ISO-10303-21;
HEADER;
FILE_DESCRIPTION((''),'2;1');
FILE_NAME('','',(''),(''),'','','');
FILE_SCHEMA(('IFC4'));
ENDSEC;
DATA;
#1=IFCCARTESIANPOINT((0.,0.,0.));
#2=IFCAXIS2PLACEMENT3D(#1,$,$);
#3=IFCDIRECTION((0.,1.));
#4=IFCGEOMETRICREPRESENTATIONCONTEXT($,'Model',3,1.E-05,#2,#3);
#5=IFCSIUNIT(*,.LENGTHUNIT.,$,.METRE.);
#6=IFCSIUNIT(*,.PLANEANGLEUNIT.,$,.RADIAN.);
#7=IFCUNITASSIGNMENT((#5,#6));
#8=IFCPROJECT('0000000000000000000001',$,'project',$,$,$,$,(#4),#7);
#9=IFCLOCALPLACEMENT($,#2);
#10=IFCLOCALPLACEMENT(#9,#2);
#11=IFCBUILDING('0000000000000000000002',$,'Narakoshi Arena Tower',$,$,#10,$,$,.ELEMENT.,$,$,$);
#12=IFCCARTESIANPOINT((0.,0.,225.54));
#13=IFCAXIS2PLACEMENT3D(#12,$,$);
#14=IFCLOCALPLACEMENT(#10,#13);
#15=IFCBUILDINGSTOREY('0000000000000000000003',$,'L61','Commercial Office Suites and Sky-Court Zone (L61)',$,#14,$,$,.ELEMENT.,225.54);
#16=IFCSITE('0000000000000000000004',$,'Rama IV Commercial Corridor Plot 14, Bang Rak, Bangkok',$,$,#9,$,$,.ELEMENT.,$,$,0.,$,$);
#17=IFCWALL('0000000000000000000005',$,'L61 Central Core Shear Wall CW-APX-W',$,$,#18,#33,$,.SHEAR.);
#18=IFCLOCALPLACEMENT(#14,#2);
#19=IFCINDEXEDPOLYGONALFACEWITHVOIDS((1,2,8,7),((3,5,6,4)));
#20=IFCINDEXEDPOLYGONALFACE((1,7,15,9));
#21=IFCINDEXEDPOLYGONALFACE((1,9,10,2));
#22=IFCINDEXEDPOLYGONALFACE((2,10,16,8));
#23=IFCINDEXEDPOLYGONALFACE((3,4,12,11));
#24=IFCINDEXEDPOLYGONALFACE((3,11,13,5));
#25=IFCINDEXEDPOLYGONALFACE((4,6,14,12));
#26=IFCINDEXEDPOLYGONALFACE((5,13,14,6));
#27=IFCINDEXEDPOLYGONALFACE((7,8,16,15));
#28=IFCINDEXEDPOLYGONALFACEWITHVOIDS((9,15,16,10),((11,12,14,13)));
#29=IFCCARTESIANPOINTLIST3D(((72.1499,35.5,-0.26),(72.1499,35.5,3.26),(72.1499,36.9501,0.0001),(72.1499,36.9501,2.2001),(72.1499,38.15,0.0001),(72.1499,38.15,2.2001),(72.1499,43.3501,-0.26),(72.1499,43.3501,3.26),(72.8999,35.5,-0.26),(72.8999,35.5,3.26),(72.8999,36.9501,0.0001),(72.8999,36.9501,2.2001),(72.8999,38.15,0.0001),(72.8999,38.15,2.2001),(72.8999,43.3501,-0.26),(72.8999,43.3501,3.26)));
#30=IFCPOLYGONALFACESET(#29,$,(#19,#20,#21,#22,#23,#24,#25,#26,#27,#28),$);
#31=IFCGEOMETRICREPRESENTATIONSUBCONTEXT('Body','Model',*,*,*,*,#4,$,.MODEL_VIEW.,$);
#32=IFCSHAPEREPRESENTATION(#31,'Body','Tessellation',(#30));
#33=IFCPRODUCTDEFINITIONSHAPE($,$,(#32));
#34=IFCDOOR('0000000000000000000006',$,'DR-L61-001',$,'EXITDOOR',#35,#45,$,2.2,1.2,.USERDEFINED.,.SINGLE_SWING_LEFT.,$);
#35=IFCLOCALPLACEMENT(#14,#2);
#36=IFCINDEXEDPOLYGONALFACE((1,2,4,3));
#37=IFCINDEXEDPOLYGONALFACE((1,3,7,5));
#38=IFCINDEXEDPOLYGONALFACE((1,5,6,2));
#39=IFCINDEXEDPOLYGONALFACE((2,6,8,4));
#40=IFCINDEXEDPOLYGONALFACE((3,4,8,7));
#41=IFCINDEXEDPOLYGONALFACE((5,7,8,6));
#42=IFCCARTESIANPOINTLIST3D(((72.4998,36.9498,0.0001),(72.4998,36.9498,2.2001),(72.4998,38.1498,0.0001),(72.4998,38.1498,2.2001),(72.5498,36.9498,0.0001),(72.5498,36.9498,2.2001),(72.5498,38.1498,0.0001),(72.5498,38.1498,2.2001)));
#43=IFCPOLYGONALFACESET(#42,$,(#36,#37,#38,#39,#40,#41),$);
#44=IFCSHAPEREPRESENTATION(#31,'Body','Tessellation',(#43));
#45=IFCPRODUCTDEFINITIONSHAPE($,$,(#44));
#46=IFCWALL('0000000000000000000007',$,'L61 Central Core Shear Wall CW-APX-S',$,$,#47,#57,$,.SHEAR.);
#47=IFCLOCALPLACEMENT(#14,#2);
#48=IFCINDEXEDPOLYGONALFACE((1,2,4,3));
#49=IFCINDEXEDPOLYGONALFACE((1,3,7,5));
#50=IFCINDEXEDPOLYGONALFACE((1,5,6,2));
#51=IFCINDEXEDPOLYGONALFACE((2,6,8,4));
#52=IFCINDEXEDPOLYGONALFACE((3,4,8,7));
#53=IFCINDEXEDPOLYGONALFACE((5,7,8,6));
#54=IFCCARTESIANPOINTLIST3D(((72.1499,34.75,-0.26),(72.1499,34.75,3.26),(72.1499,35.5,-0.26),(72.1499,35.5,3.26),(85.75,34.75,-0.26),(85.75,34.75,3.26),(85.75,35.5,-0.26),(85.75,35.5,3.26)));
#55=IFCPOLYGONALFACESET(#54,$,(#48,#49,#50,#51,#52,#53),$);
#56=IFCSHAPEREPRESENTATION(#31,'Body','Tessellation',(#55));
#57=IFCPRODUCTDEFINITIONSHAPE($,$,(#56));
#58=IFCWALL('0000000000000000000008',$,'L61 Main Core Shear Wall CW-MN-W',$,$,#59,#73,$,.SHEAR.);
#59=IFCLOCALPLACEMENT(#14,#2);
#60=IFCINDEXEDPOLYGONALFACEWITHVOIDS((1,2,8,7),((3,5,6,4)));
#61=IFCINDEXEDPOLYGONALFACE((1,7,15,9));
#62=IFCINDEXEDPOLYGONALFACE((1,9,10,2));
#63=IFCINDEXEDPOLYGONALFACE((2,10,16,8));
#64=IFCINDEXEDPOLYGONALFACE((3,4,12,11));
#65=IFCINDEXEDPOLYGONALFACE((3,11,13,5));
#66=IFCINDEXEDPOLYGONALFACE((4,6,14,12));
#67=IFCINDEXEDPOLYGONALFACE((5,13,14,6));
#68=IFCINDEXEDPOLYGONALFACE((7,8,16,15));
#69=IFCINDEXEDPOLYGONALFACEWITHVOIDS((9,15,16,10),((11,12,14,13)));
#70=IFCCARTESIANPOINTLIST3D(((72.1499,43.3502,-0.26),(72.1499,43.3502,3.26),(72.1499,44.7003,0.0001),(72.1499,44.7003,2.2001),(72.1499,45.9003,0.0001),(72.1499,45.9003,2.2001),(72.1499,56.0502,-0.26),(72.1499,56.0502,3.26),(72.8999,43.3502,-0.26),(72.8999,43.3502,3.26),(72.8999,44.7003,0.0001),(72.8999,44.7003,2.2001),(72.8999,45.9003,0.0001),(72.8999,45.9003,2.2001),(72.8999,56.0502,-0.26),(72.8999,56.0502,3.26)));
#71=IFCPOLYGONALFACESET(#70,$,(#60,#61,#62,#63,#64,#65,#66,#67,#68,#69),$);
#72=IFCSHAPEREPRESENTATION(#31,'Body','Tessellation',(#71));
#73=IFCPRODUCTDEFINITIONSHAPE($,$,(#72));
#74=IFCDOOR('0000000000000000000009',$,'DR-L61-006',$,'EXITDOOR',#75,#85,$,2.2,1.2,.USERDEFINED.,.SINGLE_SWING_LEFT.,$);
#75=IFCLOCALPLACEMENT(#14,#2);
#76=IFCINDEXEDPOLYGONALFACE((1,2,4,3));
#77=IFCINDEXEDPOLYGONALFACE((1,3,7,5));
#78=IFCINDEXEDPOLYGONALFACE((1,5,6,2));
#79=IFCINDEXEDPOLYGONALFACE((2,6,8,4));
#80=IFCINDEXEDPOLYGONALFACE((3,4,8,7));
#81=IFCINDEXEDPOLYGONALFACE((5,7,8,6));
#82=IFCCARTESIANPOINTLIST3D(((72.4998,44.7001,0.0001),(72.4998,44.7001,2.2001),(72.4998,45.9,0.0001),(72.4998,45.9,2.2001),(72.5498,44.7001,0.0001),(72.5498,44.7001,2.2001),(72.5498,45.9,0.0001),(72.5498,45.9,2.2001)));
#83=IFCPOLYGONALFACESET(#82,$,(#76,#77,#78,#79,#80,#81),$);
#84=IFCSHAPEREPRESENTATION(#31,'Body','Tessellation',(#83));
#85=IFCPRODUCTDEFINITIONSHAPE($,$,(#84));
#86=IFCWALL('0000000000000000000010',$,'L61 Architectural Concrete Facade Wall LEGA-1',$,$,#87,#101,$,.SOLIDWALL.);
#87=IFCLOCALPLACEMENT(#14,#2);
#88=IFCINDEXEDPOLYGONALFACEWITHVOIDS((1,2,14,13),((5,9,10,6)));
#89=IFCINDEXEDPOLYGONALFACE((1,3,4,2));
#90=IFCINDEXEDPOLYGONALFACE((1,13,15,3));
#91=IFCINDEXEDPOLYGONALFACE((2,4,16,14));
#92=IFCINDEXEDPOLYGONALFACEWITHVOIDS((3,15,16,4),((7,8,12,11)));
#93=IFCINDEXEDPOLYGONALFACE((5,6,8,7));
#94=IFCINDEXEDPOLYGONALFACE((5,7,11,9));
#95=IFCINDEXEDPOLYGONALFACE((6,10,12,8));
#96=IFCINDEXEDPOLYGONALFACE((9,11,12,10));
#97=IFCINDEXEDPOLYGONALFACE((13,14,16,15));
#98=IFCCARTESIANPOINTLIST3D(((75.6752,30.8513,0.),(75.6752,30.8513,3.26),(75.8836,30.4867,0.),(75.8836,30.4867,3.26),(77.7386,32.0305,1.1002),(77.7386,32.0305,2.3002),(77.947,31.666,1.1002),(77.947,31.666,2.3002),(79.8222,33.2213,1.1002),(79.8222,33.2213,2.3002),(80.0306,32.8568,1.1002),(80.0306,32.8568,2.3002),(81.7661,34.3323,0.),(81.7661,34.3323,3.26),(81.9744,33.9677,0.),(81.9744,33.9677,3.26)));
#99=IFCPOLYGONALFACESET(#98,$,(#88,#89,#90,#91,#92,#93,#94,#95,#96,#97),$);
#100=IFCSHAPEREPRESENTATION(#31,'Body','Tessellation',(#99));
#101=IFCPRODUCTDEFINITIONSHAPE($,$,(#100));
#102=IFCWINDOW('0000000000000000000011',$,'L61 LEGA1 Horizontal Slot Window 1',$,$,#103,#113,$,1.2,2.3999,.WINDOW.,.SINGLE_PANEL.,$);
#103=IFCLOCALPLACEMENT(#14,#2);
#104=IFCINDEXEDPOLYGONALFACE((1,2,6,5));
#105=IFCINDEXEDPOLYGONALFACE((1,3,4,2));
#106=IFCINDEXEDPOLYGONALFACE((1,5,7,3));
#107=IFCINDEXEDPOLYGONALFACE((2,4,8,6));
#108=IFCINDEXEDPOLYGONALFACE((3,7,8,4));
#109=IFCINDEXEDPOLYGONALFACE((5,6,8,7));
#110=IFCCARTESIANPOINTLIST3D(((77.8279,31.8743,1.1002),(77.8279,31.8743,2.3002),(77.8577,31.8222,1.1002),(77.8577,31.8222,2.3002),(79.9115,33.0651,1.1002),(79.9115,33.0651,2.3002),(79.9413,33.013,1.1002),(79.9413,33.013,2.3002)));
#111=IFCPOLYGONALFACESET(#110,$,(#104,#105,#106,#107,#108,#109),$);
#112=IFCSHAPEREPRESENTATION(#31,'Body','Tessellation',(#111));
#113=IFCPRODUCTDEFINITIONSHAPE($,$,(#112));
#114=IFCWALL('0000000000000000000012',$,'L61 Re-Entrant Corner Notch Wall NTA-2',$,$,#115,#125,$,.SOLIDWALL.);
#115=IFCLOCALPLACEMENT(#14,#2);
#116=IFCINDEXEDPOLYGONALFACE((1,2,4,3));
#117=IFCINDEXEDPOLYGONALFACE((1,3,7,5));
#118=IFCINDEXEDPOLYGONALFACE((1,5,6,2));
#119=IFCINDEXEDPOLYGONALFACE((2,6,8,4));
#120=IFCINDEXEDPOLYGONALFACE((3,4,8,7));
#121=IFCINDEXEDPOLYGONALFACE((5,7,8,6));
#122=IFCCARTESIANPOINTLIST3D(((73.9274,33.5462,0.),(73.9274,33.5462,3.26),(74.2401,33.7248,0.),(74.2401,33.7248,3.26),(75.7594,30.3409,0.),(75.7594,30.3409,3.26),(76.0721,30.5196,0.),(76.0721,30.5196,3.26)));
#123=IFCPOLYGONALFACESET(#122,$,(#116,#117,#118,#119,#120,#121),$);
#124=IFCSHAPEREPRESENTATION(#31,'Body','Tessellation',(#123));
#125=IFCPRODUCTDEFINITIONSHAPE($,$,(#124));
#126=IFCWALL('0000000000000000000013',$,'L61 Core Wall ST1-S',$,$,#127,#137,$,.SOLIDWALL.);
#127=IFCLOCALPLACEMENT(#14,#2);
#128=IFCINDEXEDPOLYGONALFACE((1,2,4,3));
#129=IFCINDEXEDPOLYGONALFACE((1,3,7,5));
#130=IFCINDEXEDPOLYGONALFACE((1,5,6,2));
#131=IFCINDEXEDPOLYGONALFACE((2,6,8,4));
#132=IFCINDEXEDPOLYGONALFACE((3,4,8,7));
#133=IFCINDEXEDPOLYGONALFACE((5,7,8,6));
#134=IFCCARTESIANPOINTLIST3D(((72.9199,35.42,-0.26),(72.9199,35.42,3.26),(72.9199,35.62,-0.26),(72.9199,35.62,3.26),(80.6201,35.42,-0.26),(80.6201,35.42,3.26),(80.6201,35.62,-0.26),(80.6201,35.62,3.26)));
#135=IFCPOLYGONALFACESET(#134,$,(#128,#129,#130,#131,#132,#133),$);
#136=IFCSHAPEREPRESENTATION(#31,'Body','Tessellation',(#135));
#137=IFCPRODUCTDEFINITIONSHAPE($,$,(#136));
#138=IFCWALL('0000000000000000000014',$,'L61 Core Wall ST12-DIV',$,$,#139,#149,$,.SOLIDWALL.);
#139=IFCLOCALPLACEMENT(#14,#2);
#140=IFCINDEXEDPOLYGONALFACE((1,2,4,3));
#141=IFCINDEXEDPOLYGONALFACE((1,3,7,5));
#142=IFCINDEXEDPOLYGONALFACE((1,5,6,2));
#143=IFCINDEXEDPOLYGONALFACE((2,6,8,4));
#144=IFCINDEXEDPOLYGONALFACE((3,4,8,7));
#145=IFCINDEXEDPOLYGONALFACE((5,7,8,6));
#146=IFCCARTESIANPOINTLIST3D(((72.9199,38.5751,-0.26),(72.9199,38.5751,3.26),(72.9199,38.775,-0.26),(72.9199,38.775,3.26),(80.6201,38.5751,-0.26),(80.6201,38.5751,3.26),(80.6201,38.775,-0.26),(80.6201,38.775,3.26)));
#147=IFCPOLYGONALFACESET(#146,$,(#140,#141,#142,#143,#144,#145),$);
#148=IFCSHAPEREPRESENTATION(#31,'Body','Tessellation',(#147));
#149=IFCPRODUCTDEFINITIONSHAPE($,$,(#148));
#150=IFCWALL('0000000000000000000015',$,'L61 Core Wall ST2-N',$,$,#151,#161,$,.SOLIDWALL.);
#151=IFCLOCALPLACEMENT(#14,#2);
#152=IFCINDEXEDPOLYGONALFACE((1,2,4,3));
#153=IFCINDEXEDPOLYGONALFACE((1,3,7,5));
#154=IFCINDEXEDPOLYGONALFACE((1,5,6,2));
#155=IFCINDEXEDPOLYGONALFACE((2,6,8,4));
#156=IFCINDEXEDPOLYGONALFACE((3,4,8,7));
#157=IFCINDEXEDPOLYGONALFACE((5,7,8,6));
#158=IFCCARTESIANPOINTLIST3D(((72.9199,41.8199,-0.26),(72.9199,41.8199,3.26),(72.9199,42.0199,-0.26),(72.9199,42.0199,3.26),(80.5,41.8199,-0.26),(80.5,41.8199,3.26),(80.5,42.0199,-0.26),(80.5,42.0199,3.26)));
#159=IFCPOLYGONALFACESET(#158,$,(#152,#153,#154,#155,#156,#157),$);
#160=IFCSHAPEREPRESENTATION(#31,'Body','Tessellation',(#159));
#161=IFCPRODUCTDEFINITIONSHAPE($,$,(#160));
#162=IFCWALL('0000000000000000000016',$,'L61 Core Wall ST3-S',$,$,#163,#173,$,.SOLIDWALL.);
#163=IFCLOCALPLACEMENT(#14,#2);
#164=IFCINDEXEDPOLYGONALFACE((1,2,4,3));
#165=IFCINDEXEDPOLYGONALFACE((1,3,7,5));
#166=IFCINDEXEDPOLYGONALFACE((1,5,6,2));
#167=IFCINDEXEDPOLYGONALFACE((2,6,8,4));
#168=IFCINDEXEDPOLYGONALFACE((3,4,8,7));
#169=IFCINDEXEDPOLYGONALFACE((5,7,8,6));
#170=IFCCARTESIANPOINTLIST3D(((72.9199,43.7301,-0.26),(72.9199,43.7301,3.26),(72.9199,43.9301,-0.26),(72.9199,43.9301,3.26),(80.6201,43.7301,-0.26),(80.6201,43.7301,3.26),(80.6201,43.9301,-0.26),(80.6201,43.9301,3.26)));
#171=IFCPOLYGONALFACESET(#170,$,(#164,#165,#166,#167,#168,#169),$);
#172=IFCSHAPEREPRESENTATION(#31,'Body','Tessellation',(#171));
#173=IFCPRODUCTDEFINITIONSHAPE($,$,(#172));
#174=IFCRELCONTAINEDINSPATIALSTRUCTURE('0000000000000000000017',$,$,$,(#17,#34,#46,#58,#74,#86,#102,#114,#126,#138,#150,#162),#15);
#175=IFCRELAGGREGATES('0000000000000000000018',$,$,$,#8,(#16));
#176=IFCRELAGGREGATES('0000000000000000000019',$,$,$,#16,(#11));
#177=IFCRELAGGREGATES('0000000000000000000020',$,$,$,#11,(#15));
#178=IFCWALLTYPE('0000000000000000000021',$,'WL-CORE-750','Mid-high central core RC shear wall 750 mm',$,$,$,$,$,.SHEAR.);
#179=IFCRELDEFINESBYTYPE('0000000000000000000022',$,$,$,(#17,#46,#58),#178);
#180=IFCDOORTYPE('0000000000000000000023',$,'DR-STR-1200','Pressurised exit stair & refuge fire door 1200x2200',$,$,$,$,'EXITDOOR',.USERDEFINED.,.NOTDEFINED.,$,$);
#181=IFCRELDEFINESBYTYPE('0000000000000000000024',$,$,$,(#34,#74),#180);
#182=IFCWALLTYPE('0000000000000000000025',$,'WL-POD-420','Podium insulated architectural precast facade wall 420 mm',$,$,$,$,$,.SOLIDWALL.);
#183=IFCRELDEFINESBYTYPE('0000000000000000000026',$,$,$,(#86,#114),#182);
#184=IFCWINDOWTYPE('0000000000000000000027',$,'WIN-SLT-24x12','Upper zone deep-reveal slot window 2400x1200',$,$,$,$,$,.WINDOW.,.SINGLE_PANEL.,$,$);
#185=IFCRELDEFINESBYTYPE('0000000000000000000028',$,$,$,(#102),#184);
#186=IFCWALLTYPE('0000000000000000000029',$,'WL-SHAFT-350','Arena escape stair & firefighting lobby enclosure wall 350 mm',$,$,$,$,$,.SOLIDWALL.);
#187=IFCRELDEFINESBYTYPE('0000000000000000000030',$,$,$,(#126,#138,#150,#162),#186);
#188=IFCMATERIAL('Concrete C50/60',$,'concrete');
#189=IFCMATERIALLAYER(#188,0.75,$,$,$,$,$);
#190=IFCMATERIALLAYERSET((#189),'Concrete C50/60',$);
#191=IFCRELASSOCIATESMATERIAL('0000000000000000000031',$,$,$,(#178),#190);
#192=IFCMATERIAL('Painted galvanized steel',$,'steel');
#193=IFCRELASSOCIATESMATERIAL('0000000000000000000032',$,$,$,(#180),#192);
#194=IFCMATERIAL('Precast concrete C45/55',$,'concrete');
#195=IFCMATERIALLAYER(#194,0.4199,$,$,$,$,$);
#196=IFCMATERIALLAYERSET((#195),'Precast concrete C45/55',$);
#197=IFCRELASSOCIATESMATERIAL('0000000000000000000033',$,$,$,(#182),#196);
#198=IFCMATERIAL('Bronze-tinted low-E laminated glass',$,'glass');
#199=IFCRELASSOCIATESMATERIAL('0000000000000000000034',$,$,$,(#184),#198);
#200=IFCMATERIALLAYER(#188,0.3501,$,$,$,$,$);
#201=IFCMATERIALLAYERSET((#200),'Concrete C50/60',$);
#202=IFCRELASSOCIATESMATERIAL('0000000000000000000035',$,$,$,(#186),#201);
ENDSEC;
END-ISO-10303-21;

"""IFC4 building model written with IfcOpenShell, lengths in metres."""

from ifc_helpers import new_model, si_unit, direction, frame, frame_2d, origin, place, context, subcontext, project, spatial, rectangle, extrude, material, layer, layer_set, type_object, element, fill, save


model = new_model("IFC4")

# Units and contexts
model_context = context("Model", 3, precision=1e-05, world=origin(), true_north=direction((0.0, 1.0)))
body_context = subcontext(model_context, "Body", "Model", "MODEL_VIEW")
ifc_project = project(units=[si_unit("LENGTHUNIT", "METRE"), si_unit("PLANEANGLEUNIT", "RADIAN")], contexts=[model_context])

# Site, building, storey
site_placement = place(None, origin())
site = spatial("IfcSite", under=ifc_project, at=site_placement, Name="Rama IV Commercial Corridor Plot 14, Bang Rak, Bangkok", CompositionType="ELEMENT", RefElevation=0.0)
building_placement = place(site_placement, origin())
building = spatial("IfcBuilding", under=site, at=building_placement, Name="Narakoshi Arena Tower", CompositionType="ELEMENT")
storey_placement = place(building_placement, frame((0.0, 0.0, 225.54)))
storey = spatial("IfcBuildingStorey", under=building, at=storey_placement, Name="L61", Description="Commercial Office Suites and Sky-Court Zone (L61)", CompositionType="ELEMENT", Elevation=225.54)

# Wall, opening, door
ifc_material_1 = material(Name="Concrete C50/60", Category="concrete")
ifc_layer_1 = layer(ifc_material_1, 0.75)
ifc_layer_set_1 = layer_set([ifc_layer_1], Name="Concrete C50/60")
wall_type_1 = type_object("IfcWallType", Name="WL-CORE-750", Description="Mid-high central core RC shear wall 750 mm", PredefinedType="SHEAR", material=ifc_layer_set_1)
wall_1_placement = place(storey_placement, frame((72.5249, 35.5, -0.26), z_axis=(0.0, 0.0, 1.0), x_axis=(0.0, 1.0, 0.0)))
wall_1 = element("IfcWall", 1, at=wall_1_placement, inside=storey, type_object=wall_type_1, Name="L61 Central Core Shear Wall CW-APX-W", PredefinedType="SHEAR", context=body_context, shape_type="SweptSolid", body=[
    extrude(rectangle(XDim=7.8501, YDim=0.75, at=frame_2d((3.925, 0.0))), origin(), (0.0, 0.0, 1.0), 3.52),
])
opening_1_placement = place(wall_1_placement, frame((1.45, 0.0, 0.26)))
opening_1 = element("IfcOpeningElement", 2, at=opening_1_placement, cuts=wall_1, PredefinedType="OPENING", context=body_context, shape_type="SweptSolid", body=[
    extrude(rectangle(XDim=1.2, YDim=2.2, at=frame_2d((0.6001, 1.1001))), frame((0.0, 0.385, 0.0), z_axis=(0.0, -1.0, 0.0), x_axis=(1.0, 0.0, 0.0)), (0.0, 0.0, 1.0), 0.77),
])
ifc_material_2 = material(Name="Painted galvanized steel", Category="steel")
door_type = type_object("IfcDoorType", Name="DR-STR-1200", Description="Pressurised exit stair & refuge fire door 1200x2200", ElementType="EXITDOOR", OperationType="NOTDEFINED", PredefinedType="USERDEFINED", material=ifc_material_2)
door_1_placement = place(opening_1_placement, frame((1.2, 0.0, 0.0), z_axis=(0.0, 0.0, 1.0), x_axis=(-1.0, 0.0, 0.0)))
door_1 = element("IfcDoor", 3, at=door_1_placement, inside=storey, type_object=door_type, Name="DR-L61-001", ObjectType="EXITDOOR", OperationType="SINGLE_SWING_LEFT", OverallHeight=2.2, OverallWidth=1.2, PredefinedType="USERDEFINED", context=body_context, shape_type="SweptSolid", body=[
    extrude(rectangle(XDim=1.2, YDim=2.2, at=frame_2d((0.6001, 1.1001))), frame((0.0, 0.0249, 0.0), z_axis=(0.0, -1.0, 0.0), x_axis=(1.0, 0.0, 0.0)), (0.0, 0.0, 1.0), 0.05),
])
fill(opening_1, door_1)

# Wall
wall_2_placement = place(storey_placement, frame((72.1499, 35.125, -0.26), z_axis=(0.0, 0.0, 1.0), x_axis=(1.0, 0.0, 0.0)))
element("IfcWall", 4, at=wall_2_placement, inside=storey, type_object=wall_type_1, Name="L61 Central Core Shear Wall CW-APX-S", PredefinedType="SHEAR", context=body_context, shape_type="SweptSolid", body=[
    extrude(rectangle(XDim=13.6001, YDim=0.75, at=frame_2d((6.8, 0.0))), origin(), (0.0, 0.0, 1.0), 3.52),
])

# Wall, opening, door
wall_3_placement = place(storey_placement, frame((72.5249, 43.3501, -0.26), z_axis=(0.0, 0.0, 1.0), x_axis=(0.0, 1.0, 0.0)))
wall_3 = element("IfcWall", 5, at=wall_3_placement, inside=storey, type_object=wall_type_1, Name="L61 Main Core Shear Wall CW-MN-W", PredefinedType="SHEAR", context=body_context, shape_type="SweptSolid", body=[
    extrude(rectangle(XDim=12.7, YDim=0.75, at=frame_2d((6.3501, 0.0))), origin(), (0.0, 0.0, 1.0), 3.52),
])
opening_2_placement = place(wall_3_placement, frame((1.3501, 0.0, 0.26)))
opening_2 = element("IfcOpeningElement", 6, at=opening_2_placement, cuts=wall_3, PredefinedType="OPENING", context=body_context, shape_type="SweptSolid", body=[
    extrude(rectangle(XDim=1.2, YDim=2.2, at=frame_2d((0.6001, 1.1001))), frame((0.0, 0.385, 0.0), z_axis=(0.0, -1.0, 0.0), x_axis=(1.0, 0.0, 0.0)), (0.0, 0.0, 1.0), 0.77),
])
door_2_placement = place(opening_2_placement, frame((1.2, 0.0, 0.0), z_axis=(0.0, 0.0, 1.0), x_axis=(-1.0, 0.0, 0.0)))
door_2 = element("IfcDoor", 7, at=door_2_placement, inside=storey, type_object=door_type, Name="DR-L61-006", ObjectType="EXITDOOR", OperationType="SINGLE_SWING_LEFT", OverallHeight=2.2, OverallWidth=1.2, PredefinedType="USERDEFINED", context=body_context, shape_type="SweptSolid", body=[
    extrude(rectangle(XDim=1.2, YDim=2.2, at=frame_2d((0.6001, 1.1001))), frame((0.0, 0.0249, 0.0), z_axis=(0.0, -1.0, 0.0), x_axis=(1.0, 0.0, 0.0)), (0.0, 0.0, 1.0), 0.05),
])
fill(opening_2, door_2)

# Wall, opening, window
ifc_material_3 = material(Name="Precast concrete C45/55", Category="concrete")
ifc_layer_2 = layer(ifc_material_3, 0.4199)
ifc_layer_set_2 = layer_set([ifc_layer_2], Name="Precast concrete C45/55")
wall_type_2 = type_object("IfcWallType", Name="WL-POD-420", Description="Podium insulated architectural precast facade wall 420 mm", PredefinedType="SOLIDWALL", material=ifc_layer_set_2)
wall_4_placement = place(storey_placement, frame((75.7793, 30.6689, 0.0), z_axis=(0.0, 0.0, 1.0), x_axis=(0.868213, 0.496191, 0.0)))
wall_4 = element("IfcWall", 8, at=wall_4_placement, inside=storey, type_object=wall_type_2, Name="L61 Architectural Concrete Facade Wall LEGA-1", PredefinedType="SOLIDWALL", context=body_context, shape_type="SweptSolid", body=[
    extrude(rectangle(XDim=7.0154, YDim=0.4199, at=frame_2d((3.5078, 0.0))), origin(), (0.0, 0.0, 1.0), 3.26),
])
opening_3_placement = place(wall_4_placement, frame((2.3767, 0.0, 1.1001)))
opening_3 = element("IfcOpeningElement", 9, at=opening_3_placement, cuts=wall_4, PredefinedType="OPENING", context=body_context, shape_type="SweptSolid", body=[
    extrude(rectangle(XDim=2.3999, YDim=1.2, at=frame_2d((1.2, 0.6001))), frame((0.0, 0.22, 0.0), z_axis=(0.0, -1.0, 0.0), x_axis=(1.0, 0.0, 0.0)), (0.0, 0.0, 1.0), 0.4399),
])
ifc_material_4 = material(Name="Bronze-tinted low-E laminated glass", Category="glass")
window_type = type_object("IfcWindowType", Name="WIN-SLT-24x12", Description="Upper zone deep-reveal slot window 2400x1200", PartitioningType="SINGLE_PANEL", PredefinedType="WINDOW", material=ifc_material_4)
window_placement = place(opening_3_placement, origin())
window = element("IfcWindow", 10, at=window_placement, inside=storey, type_object=window_type, Name="L61 LEGA1 Horizontal Slot Window 1", OverallHeight=1.2, OverallWidth=2.3999, PartitioningType="SINGLE_PANEL", PredefinedType="WINDOW", context=body_context, shape_type="SweptSolid", body=[
    extrude(rectangle(XDim=2.3999, YDim=1.2, at=frame_2d((1.2, 0.6001))), frame((0.0, 0.03, 0.0), z_axis=(0.0, -1.0, 0.0), x_axis=(1.0, 0.0, 0.0)), (0.0, 0.0, 1.0), 0.0601),
])
fill(opening_3, window)

# Walls
wall_5_placement = place(storey_placement, frame((74.0837, 33.6355, 0.0), z_axis=(0.0, 0.0, 1.0), x_axis=(0.496224, -0.868194, 0.0)))
element("IfcWall", 11, at=wall_5_placement, inside=storey, type_object=wall_type_2, Name="L61 Re-Entrant Corner Notch Wall NTA-2", PredefinedType="SOLIDWALL", context=body_context, shape_type="SweptSolid", body=[
    extrude(rectangle(XDim=3.6919, YDim=0.3601, at=frame_2d((1.8459, 0.0))), origin(), (0.0, 0.0, 1.0), 3.26),
])
ifc_layer_3 = layer(ifc_material_1, 0.3501)
ifc_layer_set_3 = layer_set([ifc_layer_3], Name="Concrete C50/60")
wall_type_3 = type_object("IfcWallType", Name="WL-SHAFT-350", Description="Arena escape stair & firefighting lobby enclosure wall 350 mm", PredefinedType="SOLIDWALL", material=ifc_layer_set_3)
for number, where, z_axis, x_axis, name in (
    (12, (72.9199, 35.52, -0.26), (0.0, 0.0, 1.0), (1.0, 0.0, 0.0), "L61 Core Wall ST1-S"),
    (13, (72.9199, 38.675, -0.26), (0.0, 0.0, 1.0), (1.0, 0.0, 0.0), "L61 Core Wall ST12-DIV"),
):
    element("IfcWall", number, at=place(storey_placement, frame(where, z_axis=z_axis, x_axis=x_axis)), inside=storey, type_object=wall_type_3, Name=name, PredefinedType="SOLIDWALL", context=body_context, shape_type="SweptSolid", body=[
        extrude(rectangle(XDim=7.7002, YDim=0.2, at=frame_2d((3.8501, 0.0))), origin(), (0.0, 0.0, 1.0), 3.52),
    ])
wall_6_placement = place(storey_placement, frame((72.9199, 41.9199, -0.26), z_axis=(0.0, 0.0, 1.0), x_axis=(1.0, 0.0, 0.0)))
element("IfcWall", 14, at=wall_6_placement, inside=storey, type_object=wall_type_3, Name="L61 Core Wall ST2-N", PredefinedType="SOLIDWALL", context=body_context, shape_type="SweptSolid", body=[
    extrude(rectangle(XDim=7.5801, YDim=0.2, at=frame_2d((3.79, 0.0))), origin(), (0.0, 0.0, 1.0), 3.52),
])
wall_7_placement = place(storey_placement, frame((72.9199, 43.8301, -0.26), z_axis=(0.0, 0.0, 1.0), x_axis=(1.0, 0.0, 0.0)))
element("IfcWall", 15, at=wall_7_placement, inside=storey, type_object=wall_type_3, Name="L61 Core Wall ST3-S", PredefinedType="SOLIDWALL", context=body_context, shape_type="SweptSolid", body=[
    extrude(rectangle(XDim=7.7002, YDim=0.2, at=frame_2d((3.8501, 0.0))), origin(), (0.0, 0.0, 1.0), 3.52),
])

save(model, "model.ifc")
